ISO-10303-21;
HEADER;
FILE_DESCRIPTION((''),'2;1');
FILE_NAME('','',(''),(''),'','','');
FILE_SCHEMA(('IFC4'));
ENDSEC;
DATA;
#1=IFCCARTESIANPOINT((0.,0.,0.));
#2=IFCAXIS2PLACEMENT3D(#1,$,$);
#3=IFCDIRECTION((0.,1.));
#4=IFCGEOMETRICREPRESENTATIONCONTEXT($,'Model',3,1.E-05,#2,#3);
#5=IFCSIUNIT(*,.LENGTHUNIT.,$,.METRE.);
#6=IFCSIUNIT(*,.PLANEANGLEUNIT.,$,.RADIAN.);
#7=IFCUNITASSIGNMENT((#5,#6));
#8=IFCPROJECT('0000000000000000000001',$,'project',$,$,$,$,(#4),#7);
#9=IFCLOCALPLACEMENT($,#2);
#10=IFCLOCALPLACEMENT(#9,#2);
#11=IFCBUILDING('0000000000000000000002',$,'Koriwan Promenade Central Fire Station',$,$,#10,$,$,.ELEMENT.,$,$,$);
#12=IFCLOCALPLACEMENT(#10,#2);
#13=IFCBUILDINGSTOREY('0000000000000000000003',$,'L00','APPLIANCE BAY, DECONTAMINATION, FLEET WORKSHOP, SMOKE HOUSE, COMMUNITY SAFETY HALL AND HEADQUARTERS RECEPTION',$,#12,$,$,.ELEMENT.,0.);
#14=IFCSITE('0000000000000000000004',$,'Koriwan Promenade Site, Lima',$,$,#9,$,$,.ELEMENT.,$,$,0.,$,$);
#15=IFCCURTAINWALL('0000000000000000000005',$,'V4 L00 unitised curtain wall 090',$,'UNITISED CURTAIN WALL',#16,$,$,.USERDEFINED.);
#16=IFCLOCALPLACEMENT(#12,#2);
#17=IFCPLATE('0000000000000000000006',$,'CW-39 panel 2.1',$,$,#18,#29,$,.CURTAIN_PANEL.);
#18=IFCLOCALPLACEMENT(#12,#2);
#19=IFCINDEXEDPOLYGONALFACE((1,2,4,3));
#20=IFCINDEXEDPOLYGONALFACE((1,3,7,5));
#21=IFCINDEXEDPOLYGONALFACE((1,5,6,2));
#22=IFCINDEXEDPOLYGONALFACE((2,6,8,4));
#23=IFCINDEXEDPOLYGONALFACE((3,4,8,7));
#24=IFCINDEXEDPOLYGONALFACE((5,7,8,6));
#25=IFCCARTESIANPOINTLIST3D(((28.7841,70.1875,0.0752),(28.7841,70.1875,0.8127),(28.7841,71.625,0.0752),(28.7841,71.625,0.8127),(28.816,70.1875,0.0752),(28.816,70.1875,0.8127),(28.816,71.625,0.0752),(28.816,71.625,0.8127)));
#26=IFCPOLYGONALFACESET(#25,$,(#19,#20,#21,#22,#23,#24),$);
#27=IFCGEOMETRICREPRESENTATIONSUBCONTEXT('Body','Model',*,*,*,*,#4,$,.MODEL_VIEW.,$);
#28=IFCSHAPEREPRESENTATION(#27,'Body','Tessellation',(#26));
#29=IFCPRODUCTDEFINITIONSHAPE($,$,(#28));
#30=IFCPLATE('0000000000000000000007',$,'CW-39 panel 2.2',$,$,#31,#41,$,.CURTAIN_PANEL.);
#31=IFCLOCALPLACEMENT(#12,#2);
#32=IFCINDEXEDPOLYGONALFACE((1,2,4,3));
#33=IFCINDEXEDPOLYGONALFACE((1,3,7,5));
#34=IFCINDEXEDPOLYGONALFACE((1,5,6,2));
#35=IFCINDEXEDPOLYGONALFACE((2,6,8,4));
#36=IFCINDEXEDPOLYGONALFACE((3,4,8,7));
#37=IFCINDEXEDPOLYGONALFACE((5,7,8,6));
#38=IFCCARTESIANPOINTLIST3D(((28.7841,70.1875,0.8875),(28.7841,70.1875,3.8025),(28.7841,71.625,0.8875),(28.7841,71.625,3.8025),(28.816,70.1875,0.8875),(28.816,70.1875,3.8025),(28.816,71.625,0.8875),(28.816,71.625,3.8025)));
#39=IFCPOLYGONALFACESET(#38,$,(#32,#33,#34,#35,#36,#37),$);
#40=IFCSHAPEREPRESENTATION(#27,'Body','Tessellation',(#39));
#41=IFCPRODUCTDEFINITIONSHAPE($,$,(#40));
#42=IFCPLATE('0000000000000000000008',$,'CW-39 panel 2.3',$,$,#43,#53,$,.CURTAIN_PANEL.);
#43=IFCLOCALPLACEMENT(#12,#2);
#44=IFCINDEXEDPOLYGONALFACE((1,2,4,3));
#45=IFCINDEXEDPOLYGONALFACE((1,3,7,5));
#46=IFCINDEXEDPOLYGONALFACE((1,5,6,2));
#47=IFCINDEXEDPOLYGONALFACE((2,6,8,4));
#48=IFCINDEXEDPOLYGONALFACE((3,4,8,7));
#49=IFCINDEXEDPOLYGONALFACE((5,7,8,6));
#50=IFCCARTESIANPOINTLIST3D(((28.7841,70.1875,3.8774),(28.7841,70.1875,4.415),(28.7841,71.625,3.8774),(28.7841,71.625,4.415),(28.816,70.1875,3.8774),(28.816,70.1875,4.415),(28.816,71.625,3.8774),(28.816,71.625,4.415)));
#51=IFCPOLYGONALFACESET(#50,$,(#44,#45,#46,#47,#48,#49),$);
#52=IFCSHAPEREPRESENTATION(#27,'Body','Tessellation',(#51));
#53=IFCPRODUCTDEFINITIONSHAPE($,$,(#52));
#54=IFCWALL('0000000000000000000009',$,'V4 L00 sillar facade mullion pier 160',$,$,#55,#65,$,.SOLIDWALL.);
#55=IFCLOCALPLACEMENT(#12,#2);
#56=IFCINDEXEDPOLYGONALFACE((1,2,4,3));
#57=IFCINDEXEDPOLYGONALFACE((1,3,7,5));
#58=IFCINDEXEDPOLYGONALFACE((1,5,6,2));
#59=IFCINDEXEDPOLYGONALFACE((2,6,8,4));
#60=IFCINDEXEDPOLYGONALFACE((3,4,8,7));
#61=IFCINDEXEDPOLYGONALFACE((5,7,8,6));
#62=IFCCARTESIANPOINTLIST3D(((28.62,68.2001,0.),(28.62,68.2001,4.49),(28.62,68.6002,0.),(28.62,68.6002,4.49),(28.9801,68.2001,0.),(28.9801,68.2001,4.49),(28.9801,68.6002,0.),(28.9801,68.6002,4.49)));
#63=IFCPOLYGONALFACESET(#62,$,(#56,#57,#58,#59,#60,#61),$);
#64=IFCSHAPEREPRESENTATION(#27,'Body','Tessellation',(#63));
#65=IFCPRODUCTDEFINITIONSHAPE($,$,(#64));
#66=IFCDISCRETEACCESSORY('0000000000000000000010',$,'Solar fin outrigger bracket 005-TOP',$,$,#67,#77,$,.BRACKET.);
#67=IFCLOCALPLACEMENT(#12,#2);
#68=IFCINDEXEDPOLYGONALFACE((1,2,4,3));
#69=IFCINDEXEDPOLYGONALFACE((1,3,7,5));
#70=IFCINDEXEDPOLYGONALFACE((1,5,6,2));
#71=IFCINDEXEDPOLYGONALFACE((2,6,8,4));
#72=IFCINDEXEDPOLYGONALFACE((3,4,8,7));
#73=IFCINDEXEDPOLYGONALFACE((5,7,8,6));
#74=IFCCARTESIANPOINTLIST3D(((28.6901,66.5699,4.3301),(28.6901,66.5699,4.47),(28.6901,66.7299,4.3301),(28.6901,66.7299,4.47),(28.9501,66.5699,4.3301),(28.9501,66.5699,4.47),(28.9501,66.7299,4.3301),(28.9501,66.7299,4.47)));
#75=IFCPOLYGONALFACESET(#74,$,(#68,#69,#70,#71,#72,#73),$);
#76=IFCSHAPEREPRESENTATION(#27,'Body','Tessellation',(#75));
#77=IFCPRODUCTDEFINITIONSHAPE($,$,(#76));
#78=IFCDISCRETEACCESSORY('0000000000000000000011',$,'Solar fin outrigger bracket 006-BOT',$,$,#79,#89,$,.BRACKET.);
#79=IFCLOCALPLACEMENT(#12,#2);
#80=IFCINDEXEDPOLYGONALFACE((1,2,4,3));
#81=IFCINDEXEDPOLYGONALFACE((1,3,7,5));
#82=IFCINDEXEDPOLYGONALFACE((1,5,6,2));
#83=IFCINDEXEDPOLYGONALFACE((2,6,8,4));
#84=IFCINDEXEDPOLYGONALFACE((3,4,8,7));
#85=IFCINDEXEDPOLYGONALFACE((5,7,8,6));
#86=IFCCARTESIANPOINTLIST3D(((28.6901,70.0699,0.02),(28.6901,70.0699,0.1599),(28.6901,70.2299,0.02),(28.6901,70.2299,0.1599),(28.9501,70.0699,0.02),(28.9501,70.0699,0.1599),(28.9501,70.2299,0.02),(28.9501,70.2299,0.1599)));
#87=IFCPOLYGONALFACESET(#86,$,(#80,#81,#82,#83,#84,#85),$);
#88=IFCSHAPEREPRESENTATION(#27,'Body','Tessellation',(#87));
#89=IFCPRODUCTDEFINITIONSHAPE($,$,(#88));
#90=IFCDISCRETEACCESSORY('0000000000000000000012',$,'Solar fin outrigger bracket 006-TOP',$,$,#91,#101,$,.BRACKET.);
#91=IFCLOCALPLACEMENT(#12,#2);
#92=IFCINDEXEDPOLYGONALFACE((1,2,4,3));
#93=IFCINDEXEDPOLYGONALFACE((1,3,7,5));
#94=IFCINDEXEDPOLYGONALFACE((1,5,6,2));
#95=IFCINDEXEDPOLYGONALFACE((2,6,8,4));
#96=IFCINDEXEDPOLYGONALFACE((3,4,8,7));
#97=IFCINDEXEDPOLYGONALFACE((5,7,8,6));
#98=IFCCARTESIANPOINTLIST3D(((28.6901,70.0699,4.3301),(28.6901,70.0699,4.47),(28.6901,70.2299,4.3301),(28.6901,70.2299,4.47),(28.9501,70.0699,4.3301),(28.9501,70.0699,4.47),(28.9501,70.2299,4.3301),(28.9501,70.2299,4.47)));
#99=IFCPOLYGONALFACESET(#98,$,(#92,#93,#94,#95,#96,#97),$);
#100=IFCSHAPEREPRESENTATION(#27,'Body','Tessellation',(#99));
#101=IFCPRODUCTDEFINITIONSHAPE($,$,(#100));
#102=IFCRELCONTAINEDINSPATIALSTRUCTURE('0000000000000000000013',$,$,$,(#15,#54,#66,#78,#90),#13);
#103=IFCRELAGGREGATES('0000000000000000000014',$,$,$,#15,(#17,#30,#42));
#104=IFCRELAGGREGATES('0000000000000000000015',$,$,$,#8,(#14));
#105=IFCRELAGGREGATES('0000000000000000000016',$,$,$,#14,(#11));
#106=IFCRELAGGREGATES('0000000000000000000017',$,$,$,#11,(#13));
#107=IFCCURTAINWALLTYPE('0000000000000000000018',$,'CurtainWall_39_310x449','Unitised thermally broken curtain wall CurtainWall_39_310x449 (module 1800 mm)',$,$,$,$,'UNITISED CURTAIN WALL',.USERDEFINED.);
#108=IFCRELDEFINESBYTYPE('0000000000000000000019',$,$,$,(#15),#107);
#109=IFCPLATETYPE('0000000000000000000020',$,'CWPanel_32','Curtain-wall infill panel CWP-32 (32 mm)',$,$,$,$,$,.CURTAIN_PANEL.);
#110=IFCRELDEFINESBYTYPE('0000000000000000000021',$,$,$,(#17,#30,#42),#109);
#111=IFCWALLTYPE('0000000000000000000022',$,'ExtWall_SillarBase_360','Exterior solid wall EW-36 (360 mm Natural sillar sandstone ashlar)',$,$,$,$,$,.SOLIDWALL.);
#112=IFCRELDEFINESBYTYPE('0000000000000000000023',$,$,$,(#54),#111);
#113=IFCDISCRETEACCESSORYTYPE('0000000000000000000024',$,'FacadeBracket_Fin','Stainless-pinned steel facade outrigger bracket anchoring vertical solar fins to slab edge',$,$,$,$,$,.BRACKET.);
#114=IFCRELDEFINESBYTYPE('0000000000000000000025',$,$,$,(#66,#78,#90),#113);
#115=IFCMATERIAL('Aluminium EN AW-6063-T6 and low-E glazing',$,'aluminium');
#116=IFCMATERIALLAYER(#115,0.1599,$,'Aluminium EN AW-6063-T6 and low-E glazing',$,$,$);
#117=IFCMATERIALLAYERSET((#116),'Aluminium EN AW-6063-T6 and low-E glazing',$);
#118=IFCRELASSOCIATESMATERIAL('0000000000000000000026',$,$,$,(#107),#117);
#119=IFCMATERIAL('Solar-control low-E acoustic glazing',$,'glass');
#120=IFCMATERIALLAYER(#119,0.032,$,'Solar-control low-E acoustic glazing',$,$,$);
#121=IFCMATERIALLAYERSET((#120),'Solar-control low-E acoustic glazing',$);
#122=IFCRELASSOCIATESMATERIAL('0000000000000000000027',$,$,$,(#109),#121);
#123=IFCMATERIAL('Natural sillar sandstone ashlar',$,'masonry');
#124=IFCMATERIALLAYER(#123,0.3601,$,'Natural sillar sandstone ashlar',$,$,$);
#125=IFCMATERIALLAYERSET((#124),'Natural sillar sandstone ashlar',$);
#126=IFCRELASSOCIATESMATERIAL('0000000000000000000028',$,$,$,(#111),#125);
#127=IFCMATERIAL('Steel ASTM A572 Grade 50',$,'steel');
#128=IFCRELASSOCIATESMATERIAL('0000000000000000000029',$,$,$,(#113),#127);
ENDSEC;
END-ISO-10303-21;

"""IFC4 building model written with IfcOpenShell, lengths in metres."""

from ifc_helpers import new_model, si_unit, direction, frame, frame_2d, origin, origin_2d, place, context, subcontext, project, spatial, rectangle, extrude, material, layer, layer_set, type_object, element, aggregate, save


model = new_model("IFC4")

# Units and contexts
model_context = context("Model", 3, precision=1e-05, world=origin(), true_north=direction((0.0, 1.0)))
body_context = subcontext(model_context, "Body", "Model", "MODEL_VIEW")
ifc_project = project(units=[si_unit("LENGTHUNIT", "METRE"), si_unit("PLANEANGLEUNIT", "RADIAN")], contexts=[model_context])

# Site, building, storey
site_placement = place(None, origin())
site = spatial("IfcSite", under=ifc_project, at=site_placement, Name="Koriwan Promenade Site, Lima", CompositionType="ELEMENT", RefElevation=0.0)
building_placement = place(site_placement, origin())
building = spatial("IfcBuilding", under=site, at=building_placement, Name="Koriwan Promenade Central Fire Station", CompositionType="ELEMENT")
storey_placement = place(building_placement, origin())
storey = spatial("IfcBuildingStorey", under=building, at=storey_placement, Name="L00", Description="APPLIANCE BAY, DECONTAMINATION, FLEET WORKSHOP, SMOKE HOUSE, COMMUNITY SAFETY HALL AND HEADQUARTERS RECEPTION", CompositionType="ELEMENT", Elevation=0.0)

# Shared definitions
ifc_material_1 = material(Name="Aluminium EN AW-6063-T6 and low-E glazing", Category="aluminium")

# Curtain wall
ifc_layer_1 = layer(ifc_material_1, 0.1599, Name="Aluminium EN AW-6063-T6 and low-E glazing")
ifc_layer_set_1 = layer_set([ifc_layer_1], Name="Aluminium EN AW-6063-T6 and low-E glazing")
curtain_wall_type_1 = type_object("IfcCurtainWallType", Name="CurtainWall_39_310x449", Description="Unitised thermally broken curtain wall CurtainWall_39_310x449 (module 1800 mm)", ElementType="UNITISED CURTAIN WALL", PredefinedType="USERDEFINED", material=ifc_layer_set_1)
curtain_wall_1_placement = place(storey_placement, origin())
curtain_wall_1 = element("IfcCurtainWall", 1, at=curtain_wall_1_placement, inside=storey, type_object=curtain_wall_type_1, Name="V4 L00 unitised curtain wall 090", ObjectType="UNITISED CURTAIN WALL", PredefinedType="USERDEFINED")

# Plates
ifc_material_2 = material(Name="Solar-control low-E acoustic glazing", Category="glass")
ifc_layer_2 = layer(ifc_material_2, 0.032, Name="Solar-control low-E acoustic glazing")
ifc_layer_set_2 = layer_set([ifc_layer_2], Name="Solar-control low-E acoustic glazing")
plate_type = type_object("IfcPlateType", Name="CWPanel_32", Description="Curtain-wall infill panel CWP-32 (32 mm)", PredefinedType="CURTAIN_PANEL", material=ifc_layer_set_2)
plate_1_placement = place(storey_placement, frame((28.8, 70.9062, 0.0752), z_axis=(0.0, 0.0, 1.0), x_axis=(0.0, 1.0, 0.0)))
plate_1 = element("IfcPlate", 2, at=plate_1_placement, type_object=plate_type, Name="CW-39 panel 2.1", PredefinedType="CURTAIN_PANEL", context=body_context, shape_type="SweptSolid", body=[
    extrude(rectangle(XDim=1.4375, YDim=0.032, at=origin_2d()), origin(), (0.0, 0.0, 1.0), 0.7375),
])
plate_2_placement = place(storey_placement, frame((28.8, 70.9062, 0.8875), z_axis=(0.0, 0.0, 1.0), x_axis=(0.0, 1.0, 0.0)))
plate_2 = element("IfcPlate", 3, at=plate_2_placement, type_object=plate_type, Name="CW-39 panel 2.2", PredefinedType="CURTAIN_PANEL", context=body_context, shape_type="SweptSolid", body=[
    extrude(rectangle(XDim=1.4375, YDim=0.032, at=origin_2d()), origin(), (0.0, 0.0, 1.0), 2.915),
])
plate_3_placement = place(storey_placement, frame((28.8, 70.9062, 3.8774), z_axis=(0.0, 0.0, 1.0), x_axis=(0.0, 1.0, 0.0)))
plate_3 = element("IfcPlate", 4, at=plate_3_placement, type_object=plate_type, Name="CW-39 panel 2.3", PredefinedType="CURTAIN_PANEL", context=body_context, shape_type="SweptSolid", body=[
    extrude(rectangle(XDim=1.4375, YDim=0.032, at=origin_2d()), origin(), (0.0, 0.0, 1.0), 0.5376),
])
aggregate(curtain_wall_1, [plate_1, plate_2, plate_3])

# Wall
ifc_material_3 = material(Name="Natural sillar sandstone ashlar", Category="masonry")
ifc_layer_3 = layer(ifc_material_3, 0.3601, Name="Natural sillar sandstone ashlar")
ifc_layer_set_3 = layer_set([ifc_layer_3], Name="Natural sillar sandstone ashlar")
wall_type = type_object("IfcWallType", Name="ExtWall_SillarBase_360", Description="Exterior solid wall EW-36 (360 mm Natural sillar sandstone ashlar)", PredefinedType="SOLIDWALL", material=ifc_layer_set_3)
wall_placement = place(storey_placement, frame((28.8, 68.2, 0.0), z_axis=(0.0, 0.0, 1.0), x_axis=(0.0, 1.0, 0.0)))
element("IfcWall", 5, at=wall_placement, inside=storey, type_object=wall_type, Name="V4 L00 sillar facade mullion pier 160", PredefinedType="SOLIDWALL", context=body_context, shape_type="SweptSolid", body=[
    extrude(rectangle(XDim=0.4001, YDim=0.3601, at=frame_2d((0.2002, 0.0))), origin(), (0.0, 0.0, 1.0), 4.49),
])

# Discrete accessories
ifc_material_4 = material(Name="Steel ASTM A572 Grade 50", Category="steel")
discrete_accessory_type = type_object("IfcDiscreteAccessoryType", Name="FacadeBracket_Fin", Description="Stainless-pinned steel facade outrigger bracket anchoring vertical solar fins to slab edge", PredefinedType="BRACKET", material=ifc_material_4)
for number, where, z_axis, x_axis, name in (
    (6, (28.8201, 66.6499, 4.3301), (0.0, 0.0, 1.0), (1.0, 0.0, 0.0), "Solar fin outrigger bracket 005-TOP"),
    (7, (28.8201, 70.1499, 0.02), (0.0, 0.0, 1.0), (1.0, 0.0, 0.0), "Solar fin outrigger bracket 006-BOT"),
    (8, (28.8201, 70.1499, 4.3301), (0.0, 0.0, 1.0), (1.0, 0.0, 0.0), "Solar fin outrigger bracket 006-TOP"),
):
    element("IfcDiscreteAccessory", number, at=place(storey_placement, frame(where, z_axis=z_axis, x_axis=x_axis)), inside=storey, type_object=discrete_accessory_type, Name=name, PredefinedType="BRACKET", context=body_context, shape_type="SweptSolid", body=[
        extrude(rectangle(XDim=0.26, YDim=0.1599, at=origin_2d()), origin(), (0.0, 0.0, 1.0), 0.1399),
    ])

save(model, "model.ifc")
